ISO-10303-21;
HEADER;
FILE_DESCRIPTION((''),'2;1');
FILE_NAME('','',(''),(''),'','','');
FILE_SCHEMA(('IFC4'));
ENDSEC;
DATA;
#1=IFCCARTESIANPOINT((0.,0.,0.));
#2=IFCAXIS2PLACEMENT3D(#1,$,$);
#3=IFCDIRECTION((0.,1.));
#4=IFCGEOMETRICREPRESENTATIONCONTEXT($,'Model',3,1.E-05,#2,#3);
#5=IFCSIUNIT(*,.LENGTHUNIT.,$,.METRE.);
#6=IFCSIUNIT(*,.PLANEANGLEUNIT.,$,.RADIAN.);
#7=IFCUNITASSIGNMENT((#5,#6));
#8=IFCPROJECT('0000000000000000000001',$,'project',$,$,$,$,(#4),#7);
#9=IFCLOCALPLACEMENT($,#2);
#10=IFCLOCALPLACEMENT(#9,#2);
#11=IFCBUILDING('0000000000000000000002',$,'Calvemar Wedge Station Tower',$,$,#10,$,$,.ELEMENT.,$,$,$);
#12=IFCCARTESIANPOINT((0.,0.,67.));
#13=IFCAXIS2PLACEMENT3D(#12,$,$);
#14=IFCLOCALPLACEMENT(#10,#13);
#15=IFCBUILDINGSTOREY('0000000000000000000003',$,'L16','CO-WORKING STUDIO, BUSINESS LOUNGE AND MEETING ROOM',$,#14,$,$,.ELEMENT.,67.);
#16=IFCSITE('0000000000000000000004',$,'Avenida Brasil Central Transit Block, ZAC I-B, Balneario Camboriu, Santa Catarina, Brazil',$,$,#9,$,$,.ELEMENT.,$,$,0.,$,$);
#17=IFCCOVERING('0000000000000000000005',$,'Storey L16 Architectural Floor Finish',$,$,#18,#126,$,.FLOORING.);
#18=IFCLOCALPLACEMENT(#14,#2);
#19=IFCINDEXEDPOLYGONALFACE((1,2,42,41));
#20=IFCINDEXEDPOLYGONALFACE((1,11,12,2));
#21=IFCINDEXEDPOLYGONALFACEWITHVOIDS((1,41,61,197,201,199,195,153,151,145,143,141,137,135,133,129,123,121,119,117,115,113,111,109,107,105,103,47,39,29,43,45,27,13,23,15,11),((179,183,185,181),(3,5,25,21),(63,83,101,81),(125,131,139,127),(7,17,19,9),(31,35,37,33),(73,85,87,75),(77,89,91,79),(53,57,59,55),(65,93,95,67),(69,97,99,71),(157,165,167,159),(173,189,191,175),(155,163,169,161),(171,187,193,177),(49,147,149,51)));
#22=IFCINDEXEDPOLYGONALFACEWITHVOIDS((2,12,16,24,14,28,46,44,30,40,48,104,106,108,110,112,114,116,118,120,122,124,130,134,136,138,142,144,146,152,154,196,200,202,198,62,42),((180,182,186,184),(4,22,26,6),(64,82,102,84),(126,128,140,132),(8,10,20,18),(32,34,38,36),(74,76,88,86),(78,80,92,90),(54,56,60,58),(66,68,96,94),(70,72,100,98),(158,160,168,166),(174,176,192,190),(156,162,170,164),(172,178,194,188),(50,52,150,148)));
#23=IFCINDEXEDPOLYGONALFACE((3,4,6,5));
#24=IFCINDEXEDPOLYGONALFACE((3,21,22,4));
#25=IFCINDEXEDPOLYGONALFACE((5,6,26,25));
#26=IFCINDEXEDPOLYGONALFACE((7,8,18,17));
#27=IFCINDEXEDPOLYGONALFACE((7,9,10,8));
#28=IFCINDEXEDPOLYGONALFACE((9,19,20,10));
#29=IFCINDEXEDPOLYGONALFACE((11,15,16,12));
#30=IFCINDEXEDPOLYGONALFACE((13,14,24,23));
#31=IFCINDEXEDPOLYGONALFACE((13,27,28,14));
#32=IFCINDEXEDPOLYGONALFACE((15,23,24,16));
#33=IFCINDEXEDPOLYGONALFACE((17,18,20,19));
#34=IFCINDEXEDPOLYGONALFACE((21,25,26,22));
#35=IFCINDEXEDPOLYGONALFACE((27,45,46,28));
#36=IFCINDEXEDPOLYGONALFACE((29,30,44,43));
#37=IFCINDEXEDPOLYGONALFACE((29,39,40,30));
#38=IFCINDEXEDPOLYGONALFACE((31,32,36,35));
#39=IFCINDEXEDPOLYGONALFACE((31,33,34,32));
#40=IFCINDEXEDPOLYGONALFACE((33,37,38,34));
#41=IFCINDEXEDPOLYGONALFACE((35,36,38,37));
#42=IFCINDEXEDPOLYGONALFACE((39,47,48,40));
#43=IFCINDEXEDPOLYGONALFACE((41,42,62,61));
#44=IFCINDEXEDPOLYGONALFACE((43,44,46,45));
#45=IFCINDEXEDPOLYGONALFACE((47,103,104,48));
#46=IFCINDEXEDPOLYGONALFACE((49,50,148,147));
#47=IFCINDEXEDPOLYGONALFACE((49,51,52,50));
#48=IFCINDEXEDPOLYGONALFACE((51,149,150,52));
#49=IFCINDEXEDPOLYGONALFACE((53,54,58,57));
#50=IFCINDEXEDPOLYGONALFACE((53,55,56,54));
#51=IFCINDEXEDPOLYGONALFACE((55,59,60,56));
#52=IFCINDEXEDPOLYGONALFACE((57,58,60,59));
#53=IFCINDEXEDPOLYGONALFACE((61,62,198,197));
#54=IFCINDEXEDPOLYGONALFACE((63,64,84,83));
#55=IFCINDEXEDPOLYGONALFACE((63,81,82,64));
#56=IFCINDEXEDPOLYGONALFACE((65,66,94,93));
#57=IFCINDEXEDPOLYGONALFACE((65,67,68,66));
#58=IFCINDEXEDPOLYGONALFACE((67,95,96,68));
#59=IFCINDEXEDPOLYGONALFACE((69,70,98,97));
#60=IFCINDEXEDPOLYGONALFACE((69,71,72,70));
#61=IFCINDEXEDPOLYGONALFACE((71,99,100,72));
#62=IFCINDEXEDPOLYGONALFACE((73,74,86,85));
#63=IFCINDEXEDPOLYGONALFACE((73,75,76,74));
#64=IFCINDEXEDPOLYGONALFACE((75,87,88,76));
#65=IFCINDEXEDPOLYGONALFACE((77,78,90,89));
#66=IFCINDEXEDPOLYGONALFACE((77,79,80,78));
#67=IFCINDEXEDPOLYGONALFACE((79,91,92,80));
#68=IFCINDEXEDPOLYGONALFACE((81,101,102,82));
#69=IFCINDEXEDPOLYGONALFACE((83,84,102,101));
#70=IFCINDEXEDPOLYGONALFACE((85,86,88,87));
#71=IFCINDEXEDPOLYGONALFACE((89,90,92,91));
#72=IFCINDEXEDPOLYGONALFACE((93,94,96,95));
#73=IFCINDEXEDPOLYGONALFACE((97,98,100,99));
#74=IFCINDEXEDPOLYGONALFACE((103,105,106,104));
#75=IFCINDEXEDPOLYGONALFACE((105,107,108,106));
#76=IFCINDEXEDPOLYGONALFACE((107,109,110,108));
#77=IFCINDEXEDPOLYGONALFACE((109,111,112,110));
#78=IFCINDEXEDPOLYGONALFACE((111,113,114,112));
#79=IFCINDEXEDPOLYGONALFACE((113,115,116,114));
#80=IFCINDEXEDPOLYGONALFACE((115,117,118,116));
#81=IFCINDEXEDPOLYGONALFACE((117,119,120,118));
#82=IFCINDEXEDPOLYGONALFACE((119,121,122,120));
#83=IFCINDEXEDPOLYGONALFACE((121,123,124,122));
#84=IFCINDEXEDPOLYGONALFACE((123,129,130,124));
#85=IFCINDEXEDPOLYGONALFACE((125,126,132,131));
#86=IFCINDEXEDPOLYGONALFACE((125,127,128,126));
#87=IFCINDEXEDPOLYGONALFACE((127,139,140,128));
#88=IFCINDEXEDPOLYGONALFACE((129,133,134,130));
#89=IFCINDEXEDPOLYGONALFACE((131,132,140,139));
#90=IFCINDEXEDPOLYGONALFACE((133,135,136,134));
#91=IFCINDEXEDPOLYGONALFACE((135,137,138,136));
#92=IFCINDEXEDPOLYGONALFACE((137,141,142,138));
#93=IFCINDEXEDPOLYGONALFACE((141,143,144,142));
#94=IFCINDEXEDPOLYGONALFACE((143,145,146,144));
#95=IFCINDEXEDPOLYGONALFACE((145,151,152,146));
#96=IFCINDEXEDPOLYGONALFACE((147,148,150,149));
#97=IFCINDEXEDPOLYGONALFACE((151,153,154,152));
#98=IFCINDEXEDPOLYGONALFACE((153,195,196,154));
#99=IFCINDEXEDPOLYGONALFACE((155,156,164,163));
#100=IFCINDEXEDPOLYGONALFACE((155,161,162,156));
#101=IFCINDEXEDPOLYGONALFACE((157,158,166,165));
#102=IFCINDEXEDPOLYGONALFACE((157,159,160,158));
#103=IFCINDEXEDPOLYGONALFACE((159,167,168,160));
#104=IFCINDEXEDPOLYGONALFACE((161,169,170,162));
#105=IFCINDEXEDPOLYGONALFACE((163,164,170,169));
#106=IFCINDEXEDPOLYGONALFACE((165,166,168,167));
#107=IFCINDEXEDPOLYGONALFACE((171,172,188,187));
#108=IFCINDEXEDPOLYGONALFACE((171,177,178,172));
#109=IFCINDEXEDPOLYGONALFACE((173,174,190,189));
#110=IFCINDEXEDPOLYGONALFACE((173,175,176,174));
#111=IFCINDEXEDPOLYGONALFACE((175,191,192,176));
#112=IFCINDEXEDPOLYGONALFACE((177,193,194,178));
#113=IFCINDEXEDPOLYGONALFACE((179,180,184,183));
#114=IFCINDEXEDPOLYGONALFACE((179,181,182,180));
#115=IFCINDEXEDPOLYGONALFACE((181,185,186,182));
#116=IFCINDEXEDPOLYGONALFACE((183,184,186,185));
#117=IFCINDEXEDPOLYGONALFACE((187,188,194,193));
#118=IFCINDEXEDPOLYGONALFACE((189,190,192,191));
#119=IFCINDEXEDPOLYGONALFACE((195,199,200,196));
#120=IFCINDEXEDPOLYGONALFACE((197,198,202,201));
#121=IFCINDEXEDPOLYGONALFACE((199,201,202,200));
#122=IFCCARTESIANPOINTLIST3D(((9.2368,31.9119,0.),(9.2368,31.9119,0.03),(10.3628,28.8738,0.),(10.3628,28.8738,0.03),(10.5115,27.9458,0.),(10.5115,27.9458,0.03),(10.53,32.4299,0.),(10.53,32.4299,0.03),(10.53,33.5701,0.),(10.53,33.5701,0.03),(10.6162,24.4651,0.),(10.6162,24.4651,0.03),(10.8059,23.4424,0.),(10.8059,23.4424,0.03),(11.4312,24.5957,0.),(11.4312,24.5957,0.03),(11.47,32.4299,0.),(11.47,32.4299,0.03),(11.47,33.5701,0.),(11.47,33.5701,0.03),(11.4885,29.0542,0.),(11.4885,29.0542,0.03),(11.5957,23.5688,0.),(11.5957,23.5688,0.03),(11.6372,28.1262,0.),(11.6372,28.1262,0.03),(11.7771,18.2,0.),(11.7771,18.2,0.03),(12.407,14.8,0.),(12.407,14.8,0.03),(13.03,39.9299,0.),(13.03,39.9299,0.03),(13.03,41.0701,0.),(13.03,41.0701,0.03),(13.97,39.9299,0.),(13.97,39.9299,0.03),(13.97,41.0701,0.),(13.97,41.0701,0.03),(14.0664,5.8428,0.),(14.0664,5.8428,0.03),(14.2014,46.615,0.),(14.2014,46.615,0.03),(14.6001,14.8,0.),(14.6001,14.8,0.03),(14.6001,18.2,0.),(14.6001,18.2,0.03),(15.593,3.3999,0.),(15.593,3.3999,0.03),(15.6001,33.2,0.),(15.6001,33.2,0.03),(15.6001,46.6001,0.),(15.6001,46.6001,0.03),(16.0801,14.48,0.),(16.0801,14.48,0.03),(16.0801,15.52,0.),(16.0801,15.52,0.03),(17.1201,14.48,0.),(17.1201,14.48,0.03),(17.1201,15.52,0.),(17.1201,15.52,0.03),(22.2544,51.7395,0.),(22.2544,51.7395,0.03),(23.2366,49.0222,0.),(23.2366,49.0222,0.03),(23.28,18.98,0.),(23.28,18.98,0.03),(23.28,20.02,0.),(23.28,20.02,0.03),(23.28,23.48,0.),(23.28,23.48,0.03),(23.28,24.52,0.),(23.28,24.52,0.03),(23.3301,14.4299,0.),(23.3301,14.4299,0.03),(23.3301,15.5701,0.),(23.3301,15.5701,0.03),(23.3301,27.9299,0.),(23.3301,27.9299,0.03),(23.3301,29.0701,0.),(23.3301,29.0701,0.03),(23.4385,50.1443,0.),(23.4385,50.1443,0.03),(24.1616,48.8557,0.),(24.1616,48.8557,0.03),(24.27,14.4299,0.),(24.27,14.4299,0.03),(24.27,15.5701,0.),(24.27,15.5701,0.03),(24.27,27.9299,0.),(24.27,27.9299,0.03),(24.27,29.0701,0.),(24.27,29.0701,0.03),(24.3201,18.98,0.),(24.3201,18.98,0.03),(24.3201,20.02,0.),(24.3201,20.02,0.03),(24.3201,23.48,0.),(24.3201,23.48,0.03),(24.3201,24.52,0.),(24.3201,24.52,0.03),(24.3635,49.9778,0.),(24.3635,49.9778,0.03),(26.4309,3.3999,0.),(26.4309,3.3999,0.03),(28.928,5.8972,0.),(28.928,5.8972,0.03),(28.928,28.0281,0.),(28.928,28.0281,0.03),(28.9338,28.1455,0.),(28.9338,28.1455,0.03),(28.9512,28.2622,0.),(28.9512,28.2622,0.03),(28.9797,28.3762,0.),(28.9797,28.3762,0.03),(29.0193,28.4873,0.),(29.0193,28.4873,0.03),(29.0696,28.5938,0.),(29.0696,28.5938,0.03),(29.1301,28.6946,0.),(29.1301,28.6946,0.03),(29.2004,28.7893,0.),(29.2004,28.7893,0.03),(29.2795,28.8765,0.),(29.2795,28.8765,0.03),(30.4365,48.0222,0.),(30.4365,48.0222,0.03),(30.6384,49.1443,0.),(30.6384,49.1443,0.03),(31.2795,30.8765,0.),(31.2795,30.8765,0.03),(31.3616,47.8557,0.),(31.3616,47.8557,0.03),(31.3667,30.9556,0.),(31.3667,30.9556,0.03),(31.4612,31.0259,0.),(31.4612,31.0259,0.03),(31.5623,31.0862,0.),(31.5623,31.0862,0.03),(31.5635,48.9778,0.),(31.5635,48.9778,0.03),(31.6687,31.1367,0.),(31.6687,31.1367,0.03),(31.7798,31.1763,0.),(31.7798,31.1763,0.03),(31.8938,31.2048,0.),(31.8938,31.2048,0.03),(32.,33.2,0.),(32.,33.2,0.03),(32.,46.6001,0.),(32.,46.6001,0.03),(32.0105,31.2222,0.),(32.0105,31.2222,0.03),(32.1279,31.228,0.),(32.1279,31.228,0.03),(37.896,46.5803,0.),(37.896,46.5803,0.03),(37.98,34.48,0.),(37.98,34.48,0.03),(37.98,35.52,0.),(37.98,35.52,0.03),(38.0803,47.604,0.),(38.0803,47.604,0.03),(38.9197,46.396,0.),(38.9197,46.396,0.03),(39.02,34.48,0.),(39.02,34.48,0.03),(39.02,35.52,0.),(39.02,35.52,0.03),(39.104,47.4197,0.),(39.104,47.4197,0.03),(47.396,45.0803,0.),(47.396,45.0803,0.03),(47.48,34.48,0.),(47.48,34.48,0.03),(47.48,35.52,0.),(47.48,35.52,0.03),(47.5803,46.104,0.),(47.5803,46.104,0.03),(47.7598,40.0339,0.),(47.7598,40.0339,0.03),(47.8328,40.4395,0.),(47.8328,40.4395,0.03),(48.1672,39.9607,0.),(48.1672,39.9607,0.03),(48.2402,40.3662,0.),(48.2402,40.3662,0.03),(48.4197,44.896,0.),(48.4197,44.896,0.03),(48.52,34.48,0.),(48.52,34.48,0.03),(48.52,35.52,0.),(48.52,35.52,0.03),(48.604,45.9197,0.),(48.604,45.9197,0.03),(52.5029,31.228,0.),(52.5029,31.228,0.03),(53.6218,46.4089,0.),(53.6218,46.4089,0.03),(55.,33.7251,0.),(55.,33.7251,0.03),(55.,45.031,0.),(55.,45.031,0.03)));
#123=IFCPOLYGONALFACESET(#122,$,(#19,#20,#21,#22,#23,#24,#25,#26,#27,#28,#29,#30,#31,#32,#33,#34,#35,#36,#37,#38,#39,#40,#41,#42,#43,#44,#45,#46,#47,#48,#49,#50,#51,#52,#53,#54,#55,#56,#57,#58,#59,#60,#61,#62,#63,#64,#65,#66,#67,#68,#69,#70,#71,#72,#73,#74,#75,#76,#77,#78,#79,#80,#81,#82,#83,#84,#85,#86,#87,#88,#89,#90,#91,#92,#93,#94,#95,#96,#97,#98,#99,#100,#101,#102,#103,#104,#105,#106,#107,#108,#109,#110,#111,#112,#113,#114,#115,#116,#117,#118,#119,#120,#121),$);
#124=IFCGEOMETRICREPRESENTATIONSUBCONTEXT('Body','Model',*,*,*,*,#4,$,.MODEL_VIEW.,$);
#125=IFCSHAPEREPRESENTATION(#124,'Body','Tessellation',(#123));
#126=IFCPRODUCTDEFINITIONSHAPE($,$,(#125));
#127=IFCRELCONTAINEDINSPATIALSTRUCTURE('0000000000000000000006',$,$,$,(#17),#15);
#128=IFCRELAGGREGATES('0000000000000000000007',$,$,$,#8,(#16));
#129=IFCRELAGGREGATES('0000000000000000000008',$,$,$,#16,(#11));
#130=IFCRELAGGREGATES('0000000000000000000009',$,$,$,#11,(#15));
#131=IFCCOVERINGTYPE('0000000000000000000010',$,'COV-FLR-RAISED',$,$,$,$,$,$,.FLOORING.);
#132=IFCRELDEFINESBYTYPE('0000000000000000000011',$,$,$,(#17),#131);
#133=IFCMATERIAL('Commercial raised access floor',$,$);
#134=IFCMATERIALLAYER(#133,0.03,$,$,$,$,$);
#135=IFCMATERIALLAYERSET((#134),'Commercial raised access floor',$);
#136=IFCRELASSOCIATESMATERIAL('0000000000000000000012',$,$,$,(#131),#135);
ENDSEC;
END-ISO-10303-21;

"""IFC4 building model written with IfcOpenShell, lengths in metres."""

from ifc_helpers import new_model, si_unit, direction, frame, origin, place, context, subcontext, project, spatial, polyline, outline, extrude, material, layer, layer_set, type_object, element, save


model = new_model("IFC4")

# Units and contexts
model_context = context("Model", 3, precision=1e-05, world=origin(), true_north=direction((0.0, 1.0)))
body_context = subcontext(model_context, "Body", "Model", "MODEL_VIEW")
ifc_project = project(units=[si_unit("LENGTHUNIT", "METRE"), si_unit("PLANEANGLEUNIT", "RADIAN")], contexts=[model_context])

# Site, building, storey
site_placement = place(None, origin())
site = spatial("IfcSite", under=ifc_project, at=site_placement, Name="Avenida Brasil Central Transit Block, ZAC I-B, Balneario Camboriu, Santa Catarina, Brazil", CompositionType="ELEMENT", RefElevation=0.0)
building_placement = place(site_placement, origin())
building = spatial("IfcBuilding", under=site, at=building_placement, Name="Calvemar Wedge Station Tower", CompositionType="ELEMENT")
storey_placement = place(building_placement, frame((0.0, 0.0, 67.0)))
storey = spatial("IfcBuildingStorey", under=building, at=storey_placement, Name="L16", Description="CO-WORKING STUDIO, BUSINESS LOUNGE AND MEETING ROOM", CompositionType="ELEMENT", Elevation=67.0)

# Covering
ifc_material_1 = material(Name="Commercial raised access floor")
ifc_layer_1 = layer(ifc_material_1, 0.03)
ifc_layer_set_1 = layer_set([ifc_layer_1], Name="Commercial raised access floor")
covering_type_1 = type_object("IfcCoveringType", Name="COV-FLR-RAISED", PredefinedType="FLOORING", material=ifc_layer_set_1)
covering_1_placement = place(storey_placement, origin())
element("IfcCovering", 1, at=covering_1_placement, inside=storey, type_object=covering_type_1, Name="Storey L16 Architectural Floor Finish", PredefinedType="FLOORING", context=body_context, shape_type="SweptSolid", body=[
    extrude(outline(polyline([(29.2795, 28.8765), (31.2795, 30.8765), (31.3667, 30.9556), (31.4612, 31.0259), (31.5623, 31.0862), (31.6687, 31.1367), (31.7798, 31.1763), (31.8938, 31.2048), (32.0105, 31.2222), (32.1279, 31.228), (52.5029, 31.228), (55.0, 33.7251), (55.0, 45.031), (53.6218, 46.4089), (22.2544, 51.7395), (14.2014, 46.615), (9.2368, 31.9119), (10.6162, 24.4651), (11.4312, 24.5957), (11.5957, 23.5688), (10.8059, 23.4424), (11.7771, 18.2), (14.6001, 18.2), (14.6001, 14.8), (12.407, 14.8), (14.0664, 5.8428), (15.593, 3.3999), (26.4309, 3.3999), (28.928, 5.8972), (28.928, 28.0281), (28.9338, 28.1455), (28.9512, 28.2622), (28.9797, 28.3762), (29.0193, 28.4873), (29.0696, 28.5938), (29.1301, 28.6946), (29.2004, 28.7893), (29.2795, 28.8765)]), holes=[polyline([(15.6001, 46.6001), (32.0, 46.6001), (32.0, 33.2), (15.6001, 33.2), (15.6001, 46.6001)]), polyline([(10.53, 32.4299), (10.53, 33.5701), (11.47, 33.5701), (11.47, 32.4299), (10.53, 32.4299)]), polyline([(13.03, 41.0701), (13.97, 41.0701), (13.97, 39.9299), (13.03, 39.9299), (13.03, 41.0701)]), polyline([(24.3635, 49.9778), (24.1616, 48.8557), (23.2366, 49.0222), (23.4385, 50.1443), (24.3635, 49.9778)]), polyline([(31.3616, 47.8557), (30.4365, 48.0222), (30.6384, 49.1443), (31.5635, 48.9778), (31.3616, 47.8557)]), polyline([(37.896, 46.5803), (38.0803, 47.604), (39.104, 47.4197), (38.9197, 46.396), (37.896, 46.5803)]), polyline([(47.5803, 46.104), (48.604, 45.9197), (48.4197, 44.896), (47.396, 45.0803), (47.5803, 46.104)]), polyline([(39.02, 35.52), (39.02, 34.48), (37.98, 34.48), (37.98, 35.52), (39.02, 35.52)]), polyline([(48.52, 34.48), (47.48, 34.48), (47.48, 35.52), (48.52, 35.52), (48.52, 34.48)]), polyline([(47.7598, 40.0339), (47.8328, 40.4395), (48.2402, 40.3662), (48.1672, 39.9607), (47.7598, 40.0339)]), polyline([(11.4885, 29.0542), (11.6372, 28.1262), (10.5115, 27.9458), (10.3628, 28.8738), (11.4885, 29.0542)]), polyline([(24.27, 27.9299), (23.3301, 27.9299), (23.3301, 29.0701), (24.27, 29.0701), (24.27, 27.9299)]), polyline([(23.28, 23.48), (23.28, 24.52), (24.3201, 24.52), (24.3201, 23.48), (23.28, 23.48)]), polyline([(23.28, 20.02), (24.3201, 20.02), (24.3201, 18.98), (23.28, 18.98), (23.28, 20.02)]), polyline([(24.27, 15.5701), (24.27, 14.4299), (23.3301, 14.4299), (23.3301, 15.5701), (24.27, 15.5701)]), polyline([(17.1201, 14.48), (16.0801, 14.48), (16.0801, 15.52), (17.1201, 15.52), (17.1201, 14.48)])]), origin(), (0.0, 0.0, 1.0), 0.03),
])

save(model, "model.ifc")
